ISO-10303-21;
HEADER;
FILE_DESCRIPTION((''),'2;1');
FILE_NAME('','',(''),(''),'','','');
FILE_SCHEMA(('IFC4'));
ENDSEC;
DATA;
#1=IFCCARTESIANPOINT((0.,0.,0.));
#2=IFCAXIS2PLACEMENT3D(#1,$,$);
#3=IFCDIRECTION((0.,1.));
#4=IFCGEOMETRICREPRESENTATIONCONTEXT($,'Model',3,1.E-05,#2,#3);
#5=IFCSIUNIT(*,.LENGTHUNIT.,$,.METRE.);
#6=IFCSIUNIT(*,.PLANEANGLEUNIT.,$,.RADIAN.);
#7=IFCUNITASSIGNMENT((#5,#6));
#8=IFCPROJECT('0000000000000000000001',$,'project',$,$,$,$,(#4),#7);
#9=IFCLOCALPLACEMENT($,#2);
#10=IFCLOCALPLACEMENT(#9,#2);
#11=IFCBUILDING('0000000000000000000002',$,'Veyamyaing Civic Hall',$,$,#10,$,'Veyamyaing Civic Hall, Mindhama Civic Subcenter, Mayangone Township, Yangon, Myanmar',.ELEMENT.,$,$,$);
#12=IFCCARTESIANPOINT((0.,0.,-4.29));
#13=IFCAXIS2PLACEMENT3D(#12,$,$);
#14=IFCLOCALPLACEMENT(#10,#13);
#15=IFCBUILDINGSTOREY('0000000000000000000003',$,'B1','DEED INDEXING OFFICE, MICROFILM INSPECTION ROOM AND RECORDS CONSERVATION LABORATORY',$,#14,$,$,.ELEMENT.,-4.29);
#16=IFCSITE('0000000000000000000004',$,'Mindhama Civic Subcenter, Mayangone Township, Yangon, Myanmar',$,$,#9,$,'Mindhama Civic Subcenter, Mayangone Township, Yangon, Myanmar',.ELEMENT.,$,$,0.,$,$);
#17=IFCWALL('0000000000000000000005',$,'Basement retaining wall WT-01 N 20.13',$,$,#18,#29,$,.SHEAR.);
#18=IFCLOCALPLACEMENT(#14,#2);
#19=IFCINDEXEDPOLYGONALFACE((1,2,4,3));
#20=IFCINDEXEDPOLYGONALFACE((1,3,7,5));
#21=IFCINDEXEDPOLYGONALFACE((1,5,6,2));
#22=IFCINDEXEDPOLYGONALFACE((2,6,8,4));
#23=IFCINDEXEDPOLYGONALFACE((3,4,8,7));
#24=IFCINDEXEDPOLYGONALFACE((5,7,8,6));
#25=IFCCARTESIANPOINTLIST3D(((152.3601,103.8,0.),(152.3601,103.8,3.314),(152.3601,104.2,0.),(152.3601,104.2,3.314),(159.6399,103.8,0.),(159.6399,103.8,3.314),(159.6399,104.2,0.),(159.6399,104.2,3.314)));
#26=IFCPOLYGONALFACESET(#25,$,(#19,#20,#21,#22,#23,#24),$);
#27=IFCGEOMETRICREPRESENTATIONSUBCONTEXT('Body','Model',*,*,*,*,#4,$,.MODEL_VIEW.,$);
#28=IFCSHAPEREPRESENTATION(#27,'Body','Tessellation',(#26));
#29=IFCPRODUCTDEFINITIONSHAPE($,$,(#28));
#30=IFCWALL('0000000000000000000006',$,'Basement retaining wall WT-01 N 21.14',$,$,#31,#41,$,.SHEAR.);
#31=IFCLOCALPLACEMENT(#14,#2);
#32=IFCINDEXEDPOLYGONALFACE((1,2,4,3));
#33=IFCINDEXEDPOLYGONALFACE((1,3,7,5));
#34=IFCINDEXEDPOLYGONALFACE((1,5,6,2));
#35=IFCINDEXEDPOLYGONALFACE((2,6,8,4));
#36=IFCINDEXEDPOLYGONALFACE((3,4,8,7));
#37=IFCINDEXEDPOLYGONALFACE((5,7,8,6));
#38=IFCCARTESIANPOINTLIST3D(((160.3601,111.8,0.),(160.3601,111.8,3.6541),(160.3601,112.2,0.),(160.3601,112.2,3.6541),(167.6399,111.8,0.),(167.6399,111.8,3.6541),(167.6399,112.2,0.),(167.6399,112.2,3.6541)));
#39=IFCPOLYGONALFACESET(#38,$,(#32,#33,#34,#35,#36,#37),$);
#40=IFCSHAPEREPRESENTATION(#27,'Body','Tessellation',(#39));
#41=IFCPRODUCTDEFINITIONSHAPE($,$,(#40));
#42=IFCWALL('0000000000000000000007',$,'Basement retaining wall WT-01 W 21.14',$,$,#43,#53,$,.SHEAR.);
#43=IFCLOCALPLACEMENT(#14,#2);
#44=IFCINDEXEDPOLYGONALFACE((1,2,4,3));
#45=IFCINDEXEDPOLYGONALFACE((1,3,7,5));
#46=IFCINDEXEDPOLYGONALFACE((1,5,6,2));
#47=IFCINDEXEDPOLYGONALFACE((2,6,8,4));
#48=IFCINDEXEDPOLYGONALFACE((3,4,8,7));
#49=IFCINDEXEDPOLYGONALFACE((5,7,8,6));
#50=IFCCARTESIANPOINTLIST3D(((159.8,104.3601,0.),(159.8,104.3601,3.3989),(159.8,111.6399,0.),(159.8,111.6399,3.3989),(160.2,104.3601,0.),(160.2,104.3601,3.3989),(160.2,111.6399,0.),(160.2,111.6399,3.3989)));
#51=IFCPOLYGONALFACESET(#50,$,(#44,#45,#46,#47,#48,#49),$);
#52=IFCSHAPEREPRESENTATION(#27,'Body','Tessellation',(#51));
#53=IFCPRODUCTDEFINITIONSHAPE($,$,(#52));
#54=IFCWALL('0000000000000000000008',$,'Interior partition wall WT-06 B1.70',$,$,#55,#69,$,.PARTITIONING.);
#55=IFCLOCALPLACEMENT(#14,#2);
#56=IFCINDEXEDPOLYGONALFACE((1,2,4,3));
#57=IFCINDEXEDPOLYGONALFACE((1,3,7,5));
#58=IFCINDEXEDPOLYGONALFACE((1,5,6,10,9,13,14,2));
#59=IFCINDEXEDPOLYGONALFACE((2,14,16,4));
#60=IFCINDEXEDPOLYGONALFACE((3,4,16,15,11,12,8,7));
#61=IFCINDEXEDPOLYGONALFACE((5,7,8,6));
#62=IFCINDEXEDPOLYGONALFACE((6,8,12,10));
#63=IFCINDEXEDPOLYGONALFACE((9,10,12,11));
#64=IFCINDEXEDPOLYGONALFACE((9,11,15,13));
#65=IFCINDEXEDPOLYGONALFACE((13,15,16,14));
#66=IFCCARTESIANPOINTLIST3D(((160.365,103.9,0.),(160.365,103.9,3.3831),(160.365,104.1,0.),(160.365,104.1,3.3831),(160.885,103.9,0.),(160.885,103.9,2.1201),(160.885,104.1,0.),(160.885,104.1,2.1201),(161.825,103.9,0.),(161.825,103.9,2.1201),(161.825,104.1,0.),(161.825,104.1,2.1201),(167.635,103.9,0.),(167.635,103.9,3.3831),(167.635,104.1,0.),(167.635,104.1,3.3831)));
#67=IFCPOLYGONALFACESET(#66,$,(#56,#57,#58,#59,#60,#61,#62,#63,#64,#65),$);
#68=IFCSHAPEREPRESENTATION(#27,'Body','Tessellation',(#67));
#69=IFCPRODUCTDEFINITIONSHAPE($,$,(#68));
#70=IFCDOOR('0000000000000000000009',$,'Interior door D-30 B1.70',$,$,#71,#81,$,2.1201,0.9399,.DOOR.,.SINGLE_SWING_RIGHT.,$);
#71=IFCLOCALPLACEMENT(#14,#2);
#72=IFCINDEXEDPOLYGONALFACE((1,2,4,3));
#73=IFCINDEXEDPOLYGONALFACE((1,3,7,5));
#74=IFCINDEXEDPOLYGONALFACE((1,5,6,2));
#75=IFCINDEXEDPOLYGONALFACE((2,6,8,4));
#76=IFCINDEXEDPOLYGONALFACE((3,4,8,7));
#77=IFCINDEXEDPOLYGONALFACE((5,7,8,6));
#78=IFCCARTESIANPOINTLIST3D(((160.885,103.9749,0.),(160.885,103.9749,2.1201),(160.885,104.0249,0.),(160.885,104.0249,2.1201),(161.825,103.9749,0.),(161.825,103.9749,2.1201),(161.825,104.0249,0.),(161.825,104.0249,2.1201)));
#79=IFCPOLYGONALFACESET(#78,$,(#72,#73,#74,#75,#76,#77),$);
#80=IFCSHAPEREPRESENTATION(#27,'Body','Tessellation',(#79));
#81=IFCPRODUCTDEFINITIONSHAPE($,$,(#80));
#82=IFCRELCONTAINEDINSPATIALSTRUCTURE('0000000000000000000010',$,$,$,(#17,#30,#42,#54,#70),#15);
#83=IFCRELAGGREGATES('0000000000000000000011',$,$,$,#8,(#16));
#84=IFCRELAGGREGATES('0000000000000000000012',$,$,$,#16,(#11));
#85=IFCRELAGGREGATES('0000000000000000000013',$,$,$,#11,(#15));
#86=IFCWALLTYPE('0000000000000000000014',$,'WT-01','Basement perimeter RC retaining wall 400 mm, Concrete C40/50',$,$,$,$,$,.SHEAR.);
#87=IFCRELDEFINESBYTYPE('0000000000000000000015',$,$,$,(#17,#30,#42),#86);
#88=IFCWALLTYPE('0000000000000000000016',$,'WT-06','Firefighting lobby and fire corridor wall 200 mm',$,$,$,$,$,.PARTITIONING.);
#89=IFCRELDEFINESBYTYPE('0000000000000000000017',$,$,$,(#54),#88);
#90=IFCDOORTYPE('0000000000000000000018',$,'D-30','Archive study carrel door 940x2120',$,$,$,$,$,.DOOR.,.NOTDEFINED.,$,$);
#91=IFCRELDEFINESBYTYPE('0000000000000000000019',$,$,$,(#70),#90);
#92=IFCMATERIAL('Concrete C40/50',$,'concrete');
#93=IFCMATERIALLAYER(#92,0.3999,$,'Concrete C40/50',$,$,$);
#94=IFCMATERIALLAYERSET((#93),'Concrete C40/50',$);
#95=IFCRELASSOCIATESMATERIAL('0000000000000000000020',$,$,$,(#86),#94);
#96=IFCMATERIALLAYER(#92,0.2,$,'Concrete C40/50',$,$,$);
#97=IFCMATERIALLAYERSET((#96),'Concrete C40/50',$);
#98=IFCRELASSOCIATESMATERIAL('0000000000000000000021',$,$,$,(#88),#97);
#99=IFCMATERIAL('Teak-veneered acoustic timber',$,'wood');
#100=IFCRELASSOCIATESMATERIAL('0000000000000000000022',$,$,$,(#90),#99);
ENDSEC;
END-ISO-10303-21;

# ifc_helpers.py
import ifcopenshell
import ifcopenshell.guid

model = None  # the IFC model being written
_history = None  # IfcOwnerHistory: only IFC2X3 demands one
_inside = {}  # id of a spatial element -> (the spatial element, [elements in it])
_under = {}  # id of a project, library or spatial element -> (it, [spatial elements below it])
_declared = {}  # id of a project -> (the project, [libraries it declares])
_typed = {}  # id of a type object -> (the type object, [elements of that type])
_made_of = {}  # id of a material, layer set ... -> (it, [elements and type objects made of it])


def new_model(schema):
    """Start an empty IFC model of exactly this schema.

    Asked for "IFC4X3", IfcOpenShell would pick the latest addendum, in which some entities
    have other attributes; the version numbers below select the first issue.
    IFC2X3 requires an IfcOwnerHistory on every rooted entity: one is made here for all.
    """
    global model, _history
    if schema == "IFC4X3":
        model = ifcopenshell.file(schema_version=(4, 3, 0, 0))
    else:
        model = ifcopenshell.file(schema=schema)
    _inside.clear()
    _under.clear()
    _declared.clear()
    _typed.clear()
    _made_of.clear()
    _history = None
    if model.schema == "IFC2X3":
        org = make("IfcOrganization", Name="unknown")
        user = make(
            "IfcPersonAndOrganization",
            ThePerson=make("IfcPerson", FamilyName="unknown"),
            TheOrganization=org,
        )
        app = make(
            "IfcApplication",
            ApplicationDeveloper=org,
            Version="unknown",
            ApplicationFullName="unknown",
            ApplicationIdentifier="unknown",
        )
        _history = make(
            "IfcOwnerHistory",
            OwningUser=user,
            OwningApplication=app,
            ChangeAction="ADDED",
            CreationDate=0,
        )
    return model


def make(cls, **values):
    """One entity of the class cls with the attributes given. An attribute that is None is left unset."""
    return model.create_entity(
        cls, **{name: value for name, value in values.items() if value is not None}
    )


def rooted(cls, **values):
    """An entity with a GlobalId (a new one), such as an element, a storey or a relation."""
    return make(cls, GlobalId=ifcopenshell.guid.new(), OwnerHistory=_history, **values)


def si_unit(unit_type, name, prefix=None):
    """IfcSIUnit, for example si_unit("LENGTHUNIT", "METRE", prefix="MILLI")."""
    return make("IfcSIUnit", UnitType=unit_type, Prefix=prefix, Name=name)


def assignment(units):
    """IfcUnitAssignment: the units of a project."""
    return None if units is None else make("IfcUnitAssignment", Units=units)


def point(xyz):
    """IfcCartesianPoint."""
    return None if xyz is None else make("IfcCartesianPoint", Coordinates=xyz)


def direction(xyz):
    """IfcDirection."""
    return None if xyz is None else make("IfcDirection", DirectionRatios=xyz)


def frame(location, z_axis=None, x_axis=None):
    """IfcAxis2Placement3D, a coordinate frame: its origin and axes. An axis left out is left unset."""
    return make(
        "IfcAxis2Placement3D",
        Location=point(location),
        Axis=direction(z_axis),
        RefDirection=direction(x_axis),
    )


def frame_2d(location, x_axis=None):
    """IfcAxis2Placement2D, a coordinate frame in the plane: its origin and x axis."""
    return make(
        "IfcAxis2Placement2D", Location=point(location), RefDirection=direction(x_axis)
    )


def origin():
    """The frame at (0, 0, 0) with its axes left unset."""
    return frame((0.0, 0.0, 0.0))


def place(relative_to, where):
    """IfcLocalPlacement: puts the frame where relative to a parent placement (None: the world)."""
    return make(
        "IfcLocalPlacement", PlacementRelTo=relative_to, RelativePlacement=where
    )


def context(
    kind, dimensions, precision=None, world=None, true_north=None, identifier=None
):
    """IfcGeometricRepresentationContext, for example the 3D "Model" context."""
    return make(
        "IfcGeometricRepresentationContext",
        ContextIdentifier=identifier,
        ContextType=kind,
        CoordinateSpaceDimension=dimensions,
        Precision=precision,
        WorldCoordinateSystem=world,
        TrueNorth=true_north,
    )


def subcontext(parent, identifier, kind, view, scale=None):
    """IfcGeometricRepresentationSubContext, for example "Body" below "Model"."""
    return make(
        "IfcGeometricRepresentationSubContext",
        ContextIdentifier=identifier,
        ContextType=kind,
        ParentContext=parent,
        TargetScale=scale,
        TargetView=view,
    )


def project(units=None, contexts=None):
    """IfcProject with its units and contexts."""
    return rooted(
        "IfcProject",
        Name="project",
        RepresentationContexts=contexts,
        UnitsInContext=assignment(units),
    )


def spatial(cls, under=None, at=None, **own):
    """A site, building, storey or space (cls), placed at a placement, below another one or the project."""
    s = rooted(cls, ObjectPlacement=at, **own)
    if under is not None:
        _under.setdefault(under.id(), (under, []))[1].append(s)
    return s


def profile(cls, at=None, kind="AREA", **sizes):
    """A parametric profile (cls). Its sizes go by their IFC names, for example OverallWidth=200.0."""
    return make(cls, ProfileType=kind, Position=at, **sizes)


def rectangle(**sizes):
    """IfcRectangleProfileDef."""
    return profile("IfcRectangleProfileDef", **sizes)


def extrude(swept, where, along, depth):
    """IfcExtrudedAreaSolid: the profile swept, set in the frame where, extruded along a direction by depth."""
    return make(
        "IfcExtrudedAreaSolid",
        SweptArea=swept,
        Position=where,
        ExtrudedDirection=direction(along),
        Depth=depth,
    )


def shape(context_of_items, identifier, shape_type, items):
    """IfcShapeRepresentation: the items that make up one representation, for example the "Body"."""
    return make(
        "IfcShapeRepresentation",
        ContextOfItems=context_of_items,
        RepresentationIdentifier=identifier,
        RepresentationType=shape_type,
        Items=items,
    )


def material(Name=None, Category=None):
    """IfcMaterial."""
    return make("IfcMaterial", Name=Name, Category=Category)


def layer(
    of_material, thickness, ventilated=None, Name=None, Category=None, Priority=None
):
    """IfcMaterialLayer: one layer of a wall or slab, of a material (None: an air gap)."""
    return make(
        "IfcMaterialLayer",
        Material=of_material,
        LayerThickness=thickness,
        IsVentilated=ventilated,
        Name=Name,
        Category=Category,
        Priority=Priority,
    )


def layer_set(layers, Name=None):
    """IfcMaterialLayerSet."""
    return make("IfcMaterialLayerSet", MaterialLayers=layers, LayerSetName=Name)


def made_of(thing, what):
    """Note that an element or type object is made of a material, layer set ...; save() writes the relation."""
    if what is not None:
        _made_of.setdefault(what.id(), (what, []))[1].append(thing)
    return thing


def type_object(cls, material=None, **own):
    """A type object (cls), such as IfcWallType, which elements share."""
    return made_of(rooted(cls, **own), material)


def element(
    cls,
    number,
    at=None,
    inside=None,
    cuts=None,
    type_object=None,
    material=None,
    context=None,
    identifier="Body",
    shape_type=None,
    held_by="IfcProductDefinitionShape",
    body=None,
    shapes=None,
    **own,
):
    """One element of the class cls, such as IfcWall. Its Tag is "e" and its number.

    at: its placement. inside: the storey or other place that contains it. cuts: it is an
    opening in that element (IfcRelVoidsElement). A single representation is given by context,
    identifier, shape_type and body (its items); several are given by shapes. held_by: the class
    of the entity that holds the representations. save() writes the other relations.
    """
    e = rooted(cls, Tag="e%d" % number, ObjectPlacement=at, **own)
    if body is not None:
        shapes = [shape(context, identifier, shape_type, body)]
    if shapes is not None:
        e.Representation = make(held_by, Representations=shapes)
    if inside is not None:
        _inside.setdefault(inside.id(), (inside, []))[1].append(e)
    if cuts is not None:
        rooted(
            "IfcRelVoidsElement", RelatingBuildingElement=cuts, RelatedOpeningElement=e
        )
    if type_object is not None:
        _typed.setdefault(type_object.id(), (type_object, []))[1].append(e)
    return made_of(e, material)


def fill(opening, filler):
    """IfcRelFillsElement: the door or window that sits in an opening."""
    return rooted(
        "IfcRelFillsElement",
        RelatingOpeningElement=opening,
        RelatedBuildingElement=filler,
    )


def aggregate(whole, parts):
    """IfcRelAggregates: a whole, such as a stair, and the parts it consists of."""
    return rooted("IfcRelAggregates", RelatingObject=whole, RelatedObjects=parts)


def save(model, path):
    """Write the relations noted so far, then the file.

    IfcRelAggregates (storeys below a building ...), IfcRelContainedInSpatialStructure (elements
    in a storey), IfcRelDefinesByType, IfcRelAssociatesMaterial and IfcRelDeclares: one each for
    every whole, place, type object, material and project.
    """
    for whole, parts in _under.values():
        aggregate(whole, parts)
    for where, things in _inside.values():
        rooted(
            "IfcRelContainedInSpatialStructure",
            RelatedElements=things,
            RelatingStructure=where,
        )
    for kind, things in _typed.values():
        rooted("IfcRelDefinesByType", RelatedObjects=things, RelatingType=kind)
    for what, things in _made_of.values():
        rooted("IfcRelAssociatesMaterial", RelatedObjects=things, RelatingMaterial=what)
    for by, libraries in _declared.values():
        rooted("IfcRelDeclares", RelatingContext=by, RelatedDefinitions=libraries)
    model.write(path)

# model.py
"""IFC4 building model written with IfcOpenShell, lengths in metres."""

from ifc_helpers import new_model, si_unit, direction, frame, frame_2d, origin, place, context, subcontext, project, spatial, rectangle, extrude, material, layer, layer_set, type_object, element, fill, save


model = new_model("IFC4")

# Units and contexts
model_context = context("Model", 3, precision=1e-05, world=origin(), true_north=direction((0.0, 1.0)))
body_context = subcontext(model_context, "Body", "Model", "MODEL_VIEW")
ifc_project = project(units=[si_unit("LENGTHUNIT", "METRE"), si_unit("PLANEANGLEUNIT", "RADIAN")], contexts=[model_context])

# Site, building, storey
site_placement = place(None, origin())
site = spatial("IfcSite", under=ifc_project, at=site_placement, Name="Mindhama Civic Subcenter, Mayangone Township, Yangon, Myanmar", LongName="Mindhama Civic Subcenter, Mayangone Township, Yangon, Myanmar", CompositionType="ELEMENT", RefElevation=0.0)
building_placement = place(site_placement, origin())
building = spatial("IfcBuilding", under=site, at=building_placement, Name="Veyamyaing Civic Hall", LongName="Veyamyaing Civic Hall, Mindhama Civic Subcenter, Mayangone Township, Yangon, Myanmar", CompositionType="ELEMENT")
storey_placement = place(building_placement, frame((0.0, 0.0, -4.29)))
storey = spatial("IfcBuildingStorey", under=building, at=storey_placement, Name="B1", Description="DEED INDEXING OFFICE, MICROFILM INSPECTION ROOM AND RECORDS CONSERVATION LABORATORY", CompositionType="ELEMENT", Elevation=-4.29)

# Shared definitions
ifc_material_1 = material(Name="Concrete C40/50", Category="concrete")

# Walls
ifc_layer_1 = layer(ifc_material_1, 0.3999, Name="Concrete C40/50")
ifc_layer_set_1 = layer_set([ifc_layer_1], Name="Concrete C40/50")
wall_type_1 = type_object("IfcWallType", Name="WT-01", Description="Basement perimeter RC retaining wall 400 mm, Concrete C40/50", PredefinedType="SHEAR", material=ifc_layer_set_1)
wall_1_placement = place(storey_placement, frame((152.3601, 104.0, 0.0), z_axis=(0.0, 0.0, 1.0), x_axis=(1.0, 0.0, 0.0)))
element("IfcWall", 1, at=wall_1_placement, inside=storey, type_object=wall_type_1, Name="Basement retaining wall WT-01 N 20.13", PredefinedType="SHEAR", context=body_context, shape_type="SweptSolid", body=[
    extrude(rectangle(XDim=7.2798, YDim=0.3999, at=frame_2d((3.6399, 0.0))), origin(), (0.0, 0.0, 1.0), 3.314),
])
wall_2_placement = place(storey_placement, frame((160.3601, 112.0, 0.0), z_axis=(0.0, 0.0, 1.0), x_axis=(1.0, 0.0, 0.0)))
element("IfcWall", 2, at=wall_2_placement, inside=storey, type_object=wall_type_1, Name="Basement retaining wall WT-01 N 21.14", PredefinedType="SHEAR", context=body_context, shape_type="SweptSolid", body=[
    extrude(rectangle(XDim=7.2798, YDim=0.3999, at=frame_2d((3.6399, 0.0))), origin(), (0.0, 0.0, 1.0), 3.6541),
])
wall_3_placement = place(storey_placement, frame((160.0, 104.3601, 0.0), z_axis=(0.0, 0.0, 1.0), x_axis=(0.0, 1.0, 0.0)))
element("IfcWall", 3, at=wall_3_placement, inside=storey, type_object=wall_type_1, Name="Basement retaining wall WT-01 W 21.14", PredefinedType="SHEAR", context=body_context, shape_type="SweptSolid", body=[
    extrude(rectangle(XDim=7.2798, YDim=0.3999, at=frame_2d((3.6399, 0.0))), origin(), (0.0, 0.0, 1.0), 3.3989),
])

# Wall, opening, door
ifc_layer_2 = layer(ifc_material_1, 0.2, Name="Concrete C40/50")
ifc_layer_set_2 = layer_set([ifc_layer_2], Name="Concrete C40/50")
wall_type_2 = type_object("IfcWallType", Name="WT-06", Description="Firefighting lobby and fire corridor wall 200 mm", PredefinedType="PARTITIONING", material=ifc_layer_set_2)
wall_4_placement = place(storey_placement, frame((160.365, 104.0, 0.0), z_axis=(0.0, 0.0, 1.0), x_axis=(1.0, 0.0, 0.0)))
wall_4 = element("IfcWall", 4, at=wall_4_placement, inside=storey, type_object=wall_type_2, Name="Interior partition wall WT-06 B1.70", PredefinedType="PARTITIONING", context=body_context, shape_type="SweptSolid", body=[
    extrude(rectangle(XDim=7.27, YDim=0.2, at=frame_2d((3.635, 0.0))), origin(), (0.0, 0.0, 1.0), 3.3831),
])
opening_placement = place(wall_4_placement, frame((0.52, 0.0, 0.0)))
opening = element("IfcOpeningElement", 5, at=opening_placement, cuts=wall_4, PredefinedType="OPENING", context=body_context, shape_type="SweptSolid", body=[
    extrude(rectangle(XDim=0.9399, YDim=2.1201, at=frame_2d((0.47, 1.0601))), frame((0.0, 0.1099, 0.0), z_axis=(0.0, -1.0, 0.0), x_axis=(1.0, 0.0, 0.0)), (0.0, 0.0, 1.0), 0.22),
])
ifc_material_2 = material(Name="Teak-veneered acoustic timber", Category="wood")
door_type = type_object("IfcDoorType", Name="D-30", Description="Archive study carrel door 940x2120", OperationType="NOTDEFINED", PredefinedType="DOOR", material=ifc_material_2)
door_placement = place(opening_placement, origin())
door = element("IfcDoor", 6, at=door_placement, inside=storey, type_object=door_type, Name="Interior door D-30 B1.70", OperationType="SINGLE_SWING_RIGHT", OverallHeight=2.1201, OverallWidth=0.9399, PredefinedType="DOOR", context=body_context, shape_type="SweptSolid", body=[
    extrude(rectangle(XDim=0.9399, YDim=2.1201, at=frame_2d((0.47, 1.0601))), frame((0.0, 0.0249, 0.0), z_axis=(0.0, -1.0, 0.0), x_axis=(1.0, 0.0, 0.0)), (0.0, 0.0, 1.0), 0.05),
])
fill(opening, door)

save(model, "model.ifc")
